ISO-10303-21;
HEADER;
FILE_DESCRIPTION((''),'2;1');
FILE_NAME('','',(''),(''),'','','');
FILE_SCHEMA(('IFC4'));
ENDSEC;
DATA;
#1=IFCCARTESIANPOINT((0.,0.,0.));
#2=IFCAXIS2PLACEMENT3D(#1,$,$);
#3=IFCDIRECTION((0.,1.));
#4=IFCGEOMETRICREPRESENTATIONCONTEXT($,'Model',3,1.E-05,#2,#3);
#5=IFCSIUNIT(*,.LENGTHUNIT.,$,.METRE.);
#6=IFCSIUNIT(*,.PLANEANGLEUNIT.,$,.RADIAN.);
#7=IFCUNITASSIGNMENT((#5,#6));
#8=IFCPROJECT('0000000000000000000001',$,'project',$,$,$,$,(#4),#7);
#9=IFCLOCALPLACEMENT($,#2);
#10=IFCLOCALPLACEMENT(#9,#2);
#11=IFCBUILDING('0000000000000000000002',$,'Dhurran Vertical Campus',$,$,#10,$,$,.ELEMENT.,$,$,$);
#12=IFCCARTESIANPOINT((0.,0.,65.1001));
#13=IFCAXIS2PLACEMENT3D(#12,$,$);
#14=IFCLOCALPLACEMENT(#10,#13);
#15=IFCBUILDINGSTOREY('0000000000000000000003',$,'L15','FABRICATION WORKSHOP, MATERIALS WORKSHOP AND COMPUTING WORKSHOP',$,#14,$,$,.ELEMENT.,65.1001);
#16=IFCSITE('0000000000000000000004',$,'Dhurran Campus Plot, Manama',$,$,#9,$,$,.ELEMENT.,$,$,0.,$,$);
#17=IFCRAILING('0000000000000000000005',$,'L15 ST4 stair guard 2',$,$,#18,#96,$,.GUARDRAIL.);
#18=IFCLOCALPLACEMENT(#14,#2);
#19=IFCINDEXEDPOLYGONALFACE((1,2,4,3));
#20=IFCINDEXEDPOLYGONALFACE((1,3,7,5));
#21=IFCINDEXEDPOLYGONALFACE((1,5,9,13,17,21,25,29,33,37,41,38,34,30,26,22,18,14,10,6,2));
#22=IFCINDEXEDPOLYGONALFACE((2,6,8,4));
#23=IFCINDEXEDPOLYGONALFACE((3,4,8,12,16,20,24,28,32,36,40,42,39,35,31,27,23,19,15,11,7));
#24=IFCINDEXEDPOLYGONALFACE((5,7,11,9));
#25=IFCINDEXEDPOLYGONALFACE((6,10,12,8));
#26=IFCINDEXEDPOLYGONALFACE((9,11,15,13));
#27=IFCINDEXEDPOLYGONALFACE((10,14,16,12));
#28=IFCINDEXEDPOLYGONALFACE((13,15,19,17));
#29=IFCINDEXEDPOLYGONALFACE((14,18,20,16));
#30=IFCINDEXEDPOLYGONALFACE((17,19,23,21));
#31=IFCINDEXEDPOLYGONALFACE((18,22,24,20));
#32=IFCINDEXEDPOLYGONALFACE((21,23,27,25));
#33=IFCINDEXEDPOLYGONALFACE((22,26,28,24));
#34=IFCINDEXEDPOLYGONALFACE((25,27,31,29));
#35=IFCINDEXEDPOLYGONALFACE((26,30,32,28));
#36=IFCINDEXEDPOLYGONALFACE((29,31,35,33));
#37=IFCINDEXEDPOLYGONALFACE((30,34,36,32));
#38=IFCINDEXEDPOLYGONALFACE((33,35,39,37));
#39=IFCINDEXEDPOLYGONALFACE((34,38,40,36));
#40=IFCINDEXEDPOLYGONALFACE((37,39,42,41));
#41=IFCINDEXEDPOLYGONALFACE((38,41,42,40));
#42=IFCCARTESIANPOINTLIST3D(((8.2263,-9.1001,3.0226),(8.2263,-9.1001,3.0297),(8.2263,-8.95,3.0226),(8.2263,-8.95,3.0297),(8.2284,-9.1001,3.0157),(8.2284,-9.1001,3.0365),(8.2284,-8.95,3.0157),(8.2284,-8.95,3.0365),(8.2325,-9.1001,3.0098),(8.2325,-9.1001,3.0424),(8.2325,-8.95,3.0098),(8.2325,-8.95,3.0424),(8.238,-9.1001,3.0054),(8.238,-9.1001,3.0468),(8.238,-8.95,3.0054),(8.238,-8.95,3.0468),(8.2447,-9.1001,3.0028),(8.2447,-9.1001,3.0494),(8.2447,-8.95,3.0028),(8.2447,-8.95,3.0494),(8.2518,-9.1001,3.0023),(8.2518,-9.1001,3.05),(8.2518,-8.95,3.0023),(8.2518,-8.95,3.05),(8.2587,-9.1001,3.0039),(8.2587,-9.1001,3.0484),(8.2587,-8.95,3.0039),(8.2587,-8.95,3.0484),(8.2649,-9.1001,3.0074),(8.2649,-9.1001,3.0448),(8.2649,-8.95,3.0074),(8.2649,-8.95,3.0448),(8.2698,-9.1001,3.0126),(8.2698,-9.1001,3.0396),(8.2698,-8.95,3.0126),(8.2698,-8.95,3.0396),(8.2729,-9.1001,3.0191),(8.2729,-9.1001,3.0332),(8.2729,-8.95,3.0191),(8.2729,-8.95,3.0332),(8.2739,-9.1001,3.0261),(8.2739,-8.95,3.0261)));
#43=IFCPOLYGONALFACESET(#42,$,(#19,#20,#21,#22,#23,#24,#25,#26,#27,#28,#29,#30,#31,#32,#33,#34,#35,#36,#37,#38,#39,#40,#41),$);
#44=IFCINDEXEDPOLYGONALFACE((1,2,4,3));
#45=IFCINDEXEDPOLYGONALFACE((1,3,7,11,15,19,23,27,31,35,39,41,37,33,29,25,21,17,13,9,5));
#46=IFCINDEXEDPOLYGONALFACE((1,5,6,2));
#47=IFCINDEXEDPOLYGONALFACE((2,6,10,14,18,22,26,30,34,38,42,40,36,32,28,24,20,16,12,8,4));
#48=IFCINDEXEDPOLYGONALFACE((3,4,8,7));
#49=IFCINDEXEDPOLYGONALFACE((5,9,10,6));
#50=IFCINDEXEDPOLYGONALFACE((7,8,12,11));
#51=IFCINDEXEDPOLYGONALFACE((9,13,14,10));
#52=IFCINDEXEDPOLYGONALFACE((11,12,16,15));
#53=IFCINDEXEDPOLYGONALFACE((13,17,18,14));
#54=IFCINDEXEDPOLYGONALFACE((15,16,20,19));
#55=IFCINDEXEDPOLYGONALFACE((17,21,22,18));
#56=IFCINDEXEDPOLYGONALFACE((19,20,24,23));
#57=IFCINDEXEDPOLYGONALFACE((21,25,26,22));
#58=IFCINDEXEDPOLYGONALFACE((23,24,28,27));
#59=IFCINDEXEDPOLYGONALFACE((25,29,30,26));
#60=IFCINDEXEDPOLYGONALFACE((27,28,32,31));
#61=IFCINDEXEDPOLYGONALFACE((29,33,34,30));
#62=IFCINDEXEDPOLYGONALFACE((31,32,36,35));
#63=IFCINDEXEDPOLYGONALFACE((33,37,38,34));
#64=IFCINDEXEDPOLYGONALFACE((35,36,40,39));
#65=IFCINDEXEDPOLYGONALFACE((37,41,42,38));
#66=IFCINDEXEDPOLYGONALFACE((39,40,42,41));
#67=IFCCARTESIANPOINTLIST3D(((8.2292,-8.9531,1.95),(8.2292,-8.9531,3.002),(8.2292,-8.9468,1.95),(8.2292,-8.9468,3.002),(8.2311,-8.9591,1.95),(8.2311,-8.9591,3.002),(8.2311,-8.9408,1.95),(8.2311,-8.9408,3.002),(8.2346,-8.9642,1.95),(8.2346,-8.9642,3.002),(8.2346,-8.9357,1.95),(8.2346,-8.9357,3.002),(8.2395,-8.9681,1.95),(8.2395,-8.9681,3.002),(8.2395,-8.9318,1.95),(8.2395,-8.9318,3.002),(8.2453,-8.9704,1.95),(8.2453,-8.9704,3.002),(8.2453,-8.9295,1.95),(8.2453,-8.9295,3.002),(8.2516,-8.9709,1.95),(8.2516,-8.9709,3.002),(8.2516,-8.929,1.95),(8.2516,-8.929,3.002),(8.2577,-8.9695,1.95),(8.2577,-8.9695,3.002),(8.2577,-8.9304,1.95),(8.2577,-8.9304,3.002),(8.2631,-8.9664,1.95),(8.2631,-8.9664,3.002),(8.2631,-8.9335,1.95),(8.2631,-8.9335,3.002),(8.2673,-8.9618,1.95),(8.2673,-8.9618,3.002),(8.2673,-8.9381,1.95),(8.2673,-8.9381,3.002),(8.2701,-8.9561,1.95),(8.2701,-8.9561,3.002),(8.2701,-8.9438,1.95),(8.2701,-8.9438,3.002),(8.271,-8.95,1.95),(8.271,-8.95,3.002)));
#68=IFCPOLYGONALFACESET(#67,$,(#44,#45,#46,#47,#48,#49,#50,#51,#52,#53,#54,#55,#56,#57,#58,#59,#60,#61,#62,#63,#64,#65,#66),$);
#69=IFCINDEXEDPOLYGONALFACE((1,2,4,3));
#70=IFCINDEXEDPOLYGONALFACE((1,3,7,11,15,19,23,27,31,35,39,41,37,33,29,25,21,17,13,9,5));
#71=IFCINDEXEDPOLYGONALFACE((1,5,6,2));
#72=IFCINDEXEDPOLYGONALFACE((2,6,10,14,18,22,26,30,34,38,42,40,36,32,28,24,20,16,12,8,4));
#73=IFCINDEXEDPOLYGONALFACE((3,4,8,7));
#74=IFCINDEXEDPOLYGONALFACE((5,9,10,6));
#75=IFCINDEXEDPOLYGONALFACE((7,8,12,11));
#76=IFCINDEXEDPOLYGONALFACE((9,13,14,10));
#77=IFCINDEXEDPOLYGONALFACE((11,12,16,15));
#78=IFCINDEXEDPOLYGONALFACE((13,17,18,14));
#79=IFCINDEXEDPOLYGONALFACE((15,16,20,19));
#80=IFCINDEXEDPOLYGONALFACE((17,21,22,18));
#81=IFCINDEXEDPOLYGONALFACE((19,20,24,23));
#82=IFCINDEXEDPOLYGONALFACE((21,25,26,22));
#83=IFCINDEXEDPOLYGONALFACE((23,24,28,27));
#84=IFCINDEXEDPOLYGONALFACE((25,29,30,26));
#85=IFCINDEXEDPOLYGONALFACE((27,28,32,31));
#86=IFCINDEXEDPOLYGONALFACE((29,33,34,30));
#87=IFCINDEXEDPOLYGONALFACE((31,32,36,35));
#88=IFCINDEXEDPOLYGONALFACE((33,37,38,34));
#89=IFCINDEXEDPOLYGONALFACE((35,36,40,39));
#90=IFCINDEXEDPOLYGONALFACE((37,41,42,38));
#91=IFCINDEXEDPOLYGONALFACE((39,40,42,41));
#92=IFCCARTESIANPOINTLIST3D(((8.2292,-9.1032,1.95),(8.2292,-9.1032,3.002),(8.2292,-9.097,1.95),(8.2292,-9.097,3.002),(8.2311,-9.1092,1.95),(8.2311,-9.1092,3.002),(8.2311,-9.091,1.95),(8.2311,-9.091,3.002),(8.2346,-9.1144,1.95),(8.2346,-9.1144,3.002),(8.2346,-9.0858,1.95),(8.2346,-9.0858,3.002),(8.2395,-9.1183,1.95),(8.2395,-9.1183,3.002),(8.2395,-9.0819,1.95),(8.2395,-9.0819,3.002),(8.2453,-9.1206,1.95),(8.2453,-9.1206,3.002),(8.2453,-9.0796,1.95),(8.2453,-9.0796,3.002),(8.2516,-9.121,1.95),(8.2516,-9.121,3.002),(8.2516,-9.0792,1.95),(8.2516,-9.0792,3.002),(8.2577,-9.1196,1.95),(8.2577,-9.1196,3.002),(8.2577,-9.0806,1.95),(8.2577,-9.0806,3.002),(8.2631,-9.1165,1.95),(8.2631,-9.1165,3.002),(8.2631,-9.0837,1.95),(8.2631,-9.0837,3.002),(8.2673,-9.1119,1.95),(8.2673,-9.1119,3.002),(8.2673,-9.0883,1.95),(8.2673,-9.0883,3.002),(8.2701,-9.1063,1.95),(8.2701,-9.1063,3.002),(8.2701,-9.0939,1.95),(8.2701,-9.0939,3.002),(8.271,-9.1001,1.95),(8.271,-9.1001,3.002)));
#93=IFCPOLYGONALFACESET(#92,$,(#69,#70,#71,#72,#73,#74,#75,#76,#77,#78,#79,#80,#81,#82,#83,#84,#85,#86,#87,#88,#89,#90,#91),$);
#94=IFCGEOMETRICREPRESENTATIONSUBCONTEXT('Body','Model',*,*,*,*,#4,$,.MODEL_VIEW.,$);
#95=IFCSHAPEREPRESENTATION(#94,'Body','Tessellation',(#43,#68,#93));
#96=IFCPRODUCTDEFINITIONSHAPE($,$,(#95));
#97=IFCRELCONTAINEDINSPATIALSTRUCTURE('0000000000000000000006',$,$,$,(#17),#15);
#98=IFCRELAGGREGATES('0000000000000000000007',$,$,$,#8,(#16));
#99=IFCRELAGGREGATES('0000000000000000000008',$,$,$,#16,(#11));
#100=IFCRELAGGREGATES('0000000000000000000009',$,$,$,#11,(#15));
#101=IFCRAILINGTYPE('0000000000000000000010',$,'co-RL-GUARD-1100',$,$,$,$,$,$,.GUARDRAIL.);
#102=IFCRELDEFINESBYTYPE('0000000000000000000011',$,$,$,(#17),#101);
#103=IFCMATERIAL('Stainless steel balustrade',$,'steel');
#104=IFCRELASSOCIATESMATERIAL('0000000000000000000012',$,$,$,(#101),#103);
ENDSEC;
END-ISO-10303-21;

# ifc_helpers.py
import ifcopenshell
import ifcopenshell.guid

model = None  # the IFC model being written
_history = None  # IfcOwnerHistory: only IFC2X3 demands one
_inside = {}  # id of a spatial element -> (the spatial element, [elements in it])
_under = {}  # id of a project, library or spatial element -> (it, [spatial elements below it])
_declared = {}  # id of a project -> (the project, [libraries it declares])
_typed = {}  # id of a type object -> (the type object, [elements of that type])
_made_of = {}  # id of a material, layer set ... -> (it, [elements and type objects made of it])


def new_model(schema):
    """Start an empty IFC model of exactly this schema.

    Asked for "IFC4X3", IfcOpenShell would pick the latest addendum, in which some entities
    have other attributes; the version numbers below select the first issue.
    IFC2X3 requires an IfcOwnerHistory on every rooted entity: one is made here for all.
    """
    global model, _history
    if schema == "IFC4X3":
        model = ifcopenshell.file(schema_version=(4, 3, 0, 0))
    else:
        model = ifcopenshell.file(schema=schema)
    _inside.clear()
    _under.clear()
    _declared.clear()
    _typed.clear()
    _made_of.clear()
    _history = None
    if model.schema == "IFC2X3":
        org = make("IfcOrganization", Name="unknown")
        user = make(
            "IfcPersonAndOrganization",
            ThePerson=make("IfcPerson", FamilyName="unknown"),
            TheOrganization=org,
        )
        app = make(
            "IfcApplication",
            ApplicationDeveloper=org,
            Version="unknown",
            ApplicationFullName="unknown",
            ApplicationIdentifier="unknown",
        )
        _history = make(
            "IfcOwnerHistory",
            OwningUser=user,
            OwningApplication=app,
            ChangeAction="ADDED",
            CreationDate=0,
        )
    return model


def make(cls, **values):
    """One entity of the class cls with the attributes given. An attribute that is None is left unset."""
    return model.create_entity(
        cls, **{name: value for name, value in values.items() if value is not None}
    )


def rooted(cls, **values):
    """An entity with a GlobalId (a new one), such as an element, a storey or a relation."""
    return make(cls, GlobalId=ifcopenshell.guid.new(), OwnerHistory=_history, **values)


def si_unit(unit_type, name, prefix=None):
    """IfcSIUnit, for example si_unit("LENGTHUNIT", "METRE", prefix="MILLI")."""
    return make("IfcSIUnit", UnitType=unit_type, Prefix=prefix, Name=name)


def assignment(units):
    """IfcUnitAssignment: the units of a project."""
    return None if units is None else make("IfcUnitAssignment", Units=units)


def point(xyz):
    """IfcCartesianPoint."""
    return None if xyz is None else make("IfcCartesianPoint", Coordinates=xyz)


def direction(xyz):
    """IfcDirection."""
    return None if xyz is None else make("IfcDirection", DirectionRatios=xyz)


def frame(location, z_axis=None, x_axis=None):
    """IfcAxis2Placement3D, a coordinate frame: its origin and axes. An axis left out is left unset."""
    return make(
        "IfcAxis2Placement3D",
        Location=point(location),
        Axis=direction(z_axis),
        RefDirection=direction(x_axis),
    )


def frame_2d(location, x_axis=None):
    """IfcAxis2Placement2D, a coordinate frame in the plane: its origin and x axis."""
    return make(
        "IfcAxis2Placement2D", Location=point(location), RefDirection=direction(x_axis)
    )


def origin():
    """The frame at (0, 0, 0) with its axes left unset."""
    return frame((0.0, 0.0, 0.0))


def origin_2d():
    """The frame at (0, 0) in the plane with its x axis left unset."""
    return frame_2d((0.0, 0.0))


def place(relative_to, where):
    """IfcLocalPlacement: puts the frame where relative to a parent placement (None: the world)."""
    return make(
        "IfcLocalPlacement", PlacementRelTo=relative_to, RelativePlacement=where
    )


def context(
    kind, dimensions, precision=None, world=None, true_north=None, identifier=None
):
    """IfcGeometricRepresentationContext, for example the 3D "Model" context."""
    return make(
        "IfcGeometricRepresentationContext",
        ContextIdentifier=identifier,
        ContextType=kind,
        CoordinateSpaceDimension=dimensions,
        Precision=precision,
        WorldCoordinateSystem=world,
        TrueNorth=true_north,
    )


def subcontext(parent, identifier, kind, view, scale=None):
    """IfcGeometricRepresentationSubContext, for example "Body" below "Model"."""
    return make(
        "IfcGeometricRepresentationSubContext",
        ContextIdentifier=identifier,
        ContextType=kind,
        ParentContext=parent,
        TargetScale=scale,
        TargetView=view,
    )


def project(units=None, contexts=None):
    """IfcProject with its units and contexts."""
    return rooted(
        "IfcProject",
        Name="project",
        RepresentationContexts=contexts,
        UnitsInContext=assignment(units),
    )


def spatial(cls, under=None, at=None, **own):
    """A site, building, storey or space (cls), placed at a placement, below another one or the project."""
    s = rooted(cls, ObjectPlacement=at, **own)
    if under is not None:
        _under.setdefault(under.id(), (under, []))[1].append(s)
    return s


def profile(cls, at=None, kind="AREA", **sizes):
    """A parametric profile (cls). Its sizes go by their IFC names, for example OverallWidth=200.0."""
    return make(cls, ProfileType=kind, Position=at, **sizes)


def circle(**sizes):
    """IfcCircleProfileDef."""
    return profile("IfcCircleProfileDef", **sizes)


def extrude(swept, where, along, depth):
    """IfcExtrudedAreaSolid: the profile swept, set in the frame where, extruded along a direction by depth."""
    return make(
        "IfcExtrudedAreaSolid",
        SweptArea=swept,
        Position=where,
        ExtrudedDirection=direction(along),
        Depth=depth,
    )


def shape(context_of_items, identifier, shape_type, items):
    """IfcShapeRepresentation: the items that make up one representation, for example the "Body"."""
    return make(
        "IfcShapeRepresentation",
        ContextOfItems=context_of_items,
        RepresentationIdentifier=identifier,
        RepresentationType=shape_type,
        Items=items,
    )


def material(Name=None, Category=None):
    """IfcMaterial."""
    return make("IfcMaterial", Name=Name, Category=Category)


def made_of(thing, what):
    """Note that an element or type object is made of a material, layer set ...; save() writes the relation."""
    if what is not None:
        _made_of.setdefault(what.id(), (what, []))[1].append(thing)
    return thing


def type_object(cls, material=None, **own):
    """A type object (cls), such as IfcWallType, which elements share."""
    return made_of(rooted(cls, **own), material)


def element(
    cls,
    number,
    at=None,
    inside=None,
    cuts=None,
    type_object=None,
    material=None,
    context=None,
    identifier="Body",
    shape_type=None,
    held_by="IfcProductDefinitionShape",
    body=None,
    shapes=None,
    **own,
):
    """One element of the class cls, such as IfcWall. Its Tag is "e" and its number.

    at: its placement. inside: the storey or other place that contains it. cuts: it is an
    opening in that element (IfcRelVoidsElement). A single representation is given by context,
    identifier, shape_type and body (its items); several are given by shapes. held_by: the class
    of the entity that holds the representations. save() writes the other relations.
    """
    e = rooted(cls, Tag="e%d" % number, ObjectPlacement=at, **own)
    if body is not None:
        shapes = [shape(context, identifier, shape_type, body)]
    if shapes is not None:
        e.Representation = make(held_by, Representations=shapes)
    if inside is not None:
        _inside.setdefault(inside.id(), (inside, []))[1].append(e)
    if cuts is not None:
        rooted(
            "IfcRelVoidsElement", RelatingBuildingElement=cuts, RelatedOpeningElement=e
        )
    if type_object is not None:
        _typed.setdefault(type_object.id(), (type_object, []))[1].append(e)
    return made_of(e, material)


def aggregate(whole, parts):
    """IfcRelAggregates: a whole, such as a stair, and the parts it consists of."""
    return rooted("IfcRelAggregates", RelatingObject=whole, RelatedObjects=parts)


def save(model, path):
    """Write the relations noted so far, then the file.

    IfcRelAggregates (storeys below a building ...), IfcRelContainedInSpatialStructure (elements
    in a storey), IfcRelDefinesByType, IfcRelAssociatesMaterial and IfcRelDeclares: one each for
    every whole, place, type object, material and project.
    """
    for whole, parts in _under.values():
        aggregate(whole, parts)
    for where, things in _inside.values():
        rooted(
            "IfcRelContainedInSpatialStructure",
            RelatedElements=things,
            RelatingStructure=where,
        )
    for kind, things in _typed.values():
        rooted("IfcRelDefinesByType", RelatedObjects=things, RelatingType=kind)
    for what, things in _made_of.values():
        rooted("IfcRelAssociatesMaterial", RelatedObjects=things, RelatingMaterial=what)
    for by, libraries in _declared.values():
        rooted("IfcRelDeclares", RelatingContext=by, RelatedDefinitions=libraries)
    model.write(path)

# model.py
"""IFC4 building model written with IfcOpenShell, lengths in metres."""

from ifc_helpers import new_model, si_unit, direction, frame, origin, origin_2d, place, context, subcontext, project, spatial, circle, extrude, material, type_object, element, save


model = new_model("IFC4")

# Units and contexts
model_context = context("Model", 3, precision=1e-05, world=origin(), true_north=direction((0.0, 1.0)))
body_context = subcontext(model_context, "Body", "Model", "MODEL_VIEW")
ifc_project = project(units=[si_unit("LENGTHUNIT", "METRE"), si_unit("PLANEANGLEUNIT", "RADIAN")], contexts=[model_context])

# Site, building, storey
site_placement = place(None, origin())
site = spatial("IfcSite", under=ifc_project, at=site_placement, Name="Dhurran Campus Plot, Manama", CompositionType="ELEMENT", RefElevation=0.0)
building_placement = place(site_placement, origin())
building = spatial("IfcBuilding", under=site, at=building_placement, Name="Dhurran Vertical Campus", CompositionType="ELEMENT")
storey_placement = place(building_placement, frame((0.0, 0.0, 65.1001)))
storey = spatial("IfcBuildingStorey", under=building, at=storey_placement, Name="L15", Description="FABRICATION WORKSHOP, MATERIALS WORKSHOP AND COMPUTING WORKSHOP", CompositionType="ELEMENT", Elevation=65.1001)

# Railing
ifc_material_1 = material(Name="Stainless steel balustrade", Category="steel")
railing_type_1 = type_object("IfcRailingType", Name="co-RL-GUARD-1100", PredefinedType="GUARDRAIL", material=ifc_material_1)
railing_1_placement = place(storey_placement, frame((8.25, -8.95, 1.95)))
element("IfcRailing", 1, at=railing_1_placement, inside=storey, type_object=railing_type_1, Name="L15 ST4 stair guard 2", PredefinedType="GUARDRAIL", context=body_context, shape_type="SweptSolid", body=[
    extrude(circle(Radius=0.0239, at=origin_2d()), frame((0.0, 0.0, 1.0762), z_axis=(0.0, -1.0, 0.0), x_axis=(1.0, 0.0, 0.0)), (0.0, 0.0, 1.0), 0.1501),
    extrude(circle(Radius=0.021, at=origin_2d()), origin(), (0.0, 0.0, 1.0), 1.052),
    extrude(circle(Radius=0.021, at=origin_2d()), frame((0.0, -0.1501, 0.0)), (0.0, 0.0, 1.0), 1.052),
])

save(model, "model.ifc")
